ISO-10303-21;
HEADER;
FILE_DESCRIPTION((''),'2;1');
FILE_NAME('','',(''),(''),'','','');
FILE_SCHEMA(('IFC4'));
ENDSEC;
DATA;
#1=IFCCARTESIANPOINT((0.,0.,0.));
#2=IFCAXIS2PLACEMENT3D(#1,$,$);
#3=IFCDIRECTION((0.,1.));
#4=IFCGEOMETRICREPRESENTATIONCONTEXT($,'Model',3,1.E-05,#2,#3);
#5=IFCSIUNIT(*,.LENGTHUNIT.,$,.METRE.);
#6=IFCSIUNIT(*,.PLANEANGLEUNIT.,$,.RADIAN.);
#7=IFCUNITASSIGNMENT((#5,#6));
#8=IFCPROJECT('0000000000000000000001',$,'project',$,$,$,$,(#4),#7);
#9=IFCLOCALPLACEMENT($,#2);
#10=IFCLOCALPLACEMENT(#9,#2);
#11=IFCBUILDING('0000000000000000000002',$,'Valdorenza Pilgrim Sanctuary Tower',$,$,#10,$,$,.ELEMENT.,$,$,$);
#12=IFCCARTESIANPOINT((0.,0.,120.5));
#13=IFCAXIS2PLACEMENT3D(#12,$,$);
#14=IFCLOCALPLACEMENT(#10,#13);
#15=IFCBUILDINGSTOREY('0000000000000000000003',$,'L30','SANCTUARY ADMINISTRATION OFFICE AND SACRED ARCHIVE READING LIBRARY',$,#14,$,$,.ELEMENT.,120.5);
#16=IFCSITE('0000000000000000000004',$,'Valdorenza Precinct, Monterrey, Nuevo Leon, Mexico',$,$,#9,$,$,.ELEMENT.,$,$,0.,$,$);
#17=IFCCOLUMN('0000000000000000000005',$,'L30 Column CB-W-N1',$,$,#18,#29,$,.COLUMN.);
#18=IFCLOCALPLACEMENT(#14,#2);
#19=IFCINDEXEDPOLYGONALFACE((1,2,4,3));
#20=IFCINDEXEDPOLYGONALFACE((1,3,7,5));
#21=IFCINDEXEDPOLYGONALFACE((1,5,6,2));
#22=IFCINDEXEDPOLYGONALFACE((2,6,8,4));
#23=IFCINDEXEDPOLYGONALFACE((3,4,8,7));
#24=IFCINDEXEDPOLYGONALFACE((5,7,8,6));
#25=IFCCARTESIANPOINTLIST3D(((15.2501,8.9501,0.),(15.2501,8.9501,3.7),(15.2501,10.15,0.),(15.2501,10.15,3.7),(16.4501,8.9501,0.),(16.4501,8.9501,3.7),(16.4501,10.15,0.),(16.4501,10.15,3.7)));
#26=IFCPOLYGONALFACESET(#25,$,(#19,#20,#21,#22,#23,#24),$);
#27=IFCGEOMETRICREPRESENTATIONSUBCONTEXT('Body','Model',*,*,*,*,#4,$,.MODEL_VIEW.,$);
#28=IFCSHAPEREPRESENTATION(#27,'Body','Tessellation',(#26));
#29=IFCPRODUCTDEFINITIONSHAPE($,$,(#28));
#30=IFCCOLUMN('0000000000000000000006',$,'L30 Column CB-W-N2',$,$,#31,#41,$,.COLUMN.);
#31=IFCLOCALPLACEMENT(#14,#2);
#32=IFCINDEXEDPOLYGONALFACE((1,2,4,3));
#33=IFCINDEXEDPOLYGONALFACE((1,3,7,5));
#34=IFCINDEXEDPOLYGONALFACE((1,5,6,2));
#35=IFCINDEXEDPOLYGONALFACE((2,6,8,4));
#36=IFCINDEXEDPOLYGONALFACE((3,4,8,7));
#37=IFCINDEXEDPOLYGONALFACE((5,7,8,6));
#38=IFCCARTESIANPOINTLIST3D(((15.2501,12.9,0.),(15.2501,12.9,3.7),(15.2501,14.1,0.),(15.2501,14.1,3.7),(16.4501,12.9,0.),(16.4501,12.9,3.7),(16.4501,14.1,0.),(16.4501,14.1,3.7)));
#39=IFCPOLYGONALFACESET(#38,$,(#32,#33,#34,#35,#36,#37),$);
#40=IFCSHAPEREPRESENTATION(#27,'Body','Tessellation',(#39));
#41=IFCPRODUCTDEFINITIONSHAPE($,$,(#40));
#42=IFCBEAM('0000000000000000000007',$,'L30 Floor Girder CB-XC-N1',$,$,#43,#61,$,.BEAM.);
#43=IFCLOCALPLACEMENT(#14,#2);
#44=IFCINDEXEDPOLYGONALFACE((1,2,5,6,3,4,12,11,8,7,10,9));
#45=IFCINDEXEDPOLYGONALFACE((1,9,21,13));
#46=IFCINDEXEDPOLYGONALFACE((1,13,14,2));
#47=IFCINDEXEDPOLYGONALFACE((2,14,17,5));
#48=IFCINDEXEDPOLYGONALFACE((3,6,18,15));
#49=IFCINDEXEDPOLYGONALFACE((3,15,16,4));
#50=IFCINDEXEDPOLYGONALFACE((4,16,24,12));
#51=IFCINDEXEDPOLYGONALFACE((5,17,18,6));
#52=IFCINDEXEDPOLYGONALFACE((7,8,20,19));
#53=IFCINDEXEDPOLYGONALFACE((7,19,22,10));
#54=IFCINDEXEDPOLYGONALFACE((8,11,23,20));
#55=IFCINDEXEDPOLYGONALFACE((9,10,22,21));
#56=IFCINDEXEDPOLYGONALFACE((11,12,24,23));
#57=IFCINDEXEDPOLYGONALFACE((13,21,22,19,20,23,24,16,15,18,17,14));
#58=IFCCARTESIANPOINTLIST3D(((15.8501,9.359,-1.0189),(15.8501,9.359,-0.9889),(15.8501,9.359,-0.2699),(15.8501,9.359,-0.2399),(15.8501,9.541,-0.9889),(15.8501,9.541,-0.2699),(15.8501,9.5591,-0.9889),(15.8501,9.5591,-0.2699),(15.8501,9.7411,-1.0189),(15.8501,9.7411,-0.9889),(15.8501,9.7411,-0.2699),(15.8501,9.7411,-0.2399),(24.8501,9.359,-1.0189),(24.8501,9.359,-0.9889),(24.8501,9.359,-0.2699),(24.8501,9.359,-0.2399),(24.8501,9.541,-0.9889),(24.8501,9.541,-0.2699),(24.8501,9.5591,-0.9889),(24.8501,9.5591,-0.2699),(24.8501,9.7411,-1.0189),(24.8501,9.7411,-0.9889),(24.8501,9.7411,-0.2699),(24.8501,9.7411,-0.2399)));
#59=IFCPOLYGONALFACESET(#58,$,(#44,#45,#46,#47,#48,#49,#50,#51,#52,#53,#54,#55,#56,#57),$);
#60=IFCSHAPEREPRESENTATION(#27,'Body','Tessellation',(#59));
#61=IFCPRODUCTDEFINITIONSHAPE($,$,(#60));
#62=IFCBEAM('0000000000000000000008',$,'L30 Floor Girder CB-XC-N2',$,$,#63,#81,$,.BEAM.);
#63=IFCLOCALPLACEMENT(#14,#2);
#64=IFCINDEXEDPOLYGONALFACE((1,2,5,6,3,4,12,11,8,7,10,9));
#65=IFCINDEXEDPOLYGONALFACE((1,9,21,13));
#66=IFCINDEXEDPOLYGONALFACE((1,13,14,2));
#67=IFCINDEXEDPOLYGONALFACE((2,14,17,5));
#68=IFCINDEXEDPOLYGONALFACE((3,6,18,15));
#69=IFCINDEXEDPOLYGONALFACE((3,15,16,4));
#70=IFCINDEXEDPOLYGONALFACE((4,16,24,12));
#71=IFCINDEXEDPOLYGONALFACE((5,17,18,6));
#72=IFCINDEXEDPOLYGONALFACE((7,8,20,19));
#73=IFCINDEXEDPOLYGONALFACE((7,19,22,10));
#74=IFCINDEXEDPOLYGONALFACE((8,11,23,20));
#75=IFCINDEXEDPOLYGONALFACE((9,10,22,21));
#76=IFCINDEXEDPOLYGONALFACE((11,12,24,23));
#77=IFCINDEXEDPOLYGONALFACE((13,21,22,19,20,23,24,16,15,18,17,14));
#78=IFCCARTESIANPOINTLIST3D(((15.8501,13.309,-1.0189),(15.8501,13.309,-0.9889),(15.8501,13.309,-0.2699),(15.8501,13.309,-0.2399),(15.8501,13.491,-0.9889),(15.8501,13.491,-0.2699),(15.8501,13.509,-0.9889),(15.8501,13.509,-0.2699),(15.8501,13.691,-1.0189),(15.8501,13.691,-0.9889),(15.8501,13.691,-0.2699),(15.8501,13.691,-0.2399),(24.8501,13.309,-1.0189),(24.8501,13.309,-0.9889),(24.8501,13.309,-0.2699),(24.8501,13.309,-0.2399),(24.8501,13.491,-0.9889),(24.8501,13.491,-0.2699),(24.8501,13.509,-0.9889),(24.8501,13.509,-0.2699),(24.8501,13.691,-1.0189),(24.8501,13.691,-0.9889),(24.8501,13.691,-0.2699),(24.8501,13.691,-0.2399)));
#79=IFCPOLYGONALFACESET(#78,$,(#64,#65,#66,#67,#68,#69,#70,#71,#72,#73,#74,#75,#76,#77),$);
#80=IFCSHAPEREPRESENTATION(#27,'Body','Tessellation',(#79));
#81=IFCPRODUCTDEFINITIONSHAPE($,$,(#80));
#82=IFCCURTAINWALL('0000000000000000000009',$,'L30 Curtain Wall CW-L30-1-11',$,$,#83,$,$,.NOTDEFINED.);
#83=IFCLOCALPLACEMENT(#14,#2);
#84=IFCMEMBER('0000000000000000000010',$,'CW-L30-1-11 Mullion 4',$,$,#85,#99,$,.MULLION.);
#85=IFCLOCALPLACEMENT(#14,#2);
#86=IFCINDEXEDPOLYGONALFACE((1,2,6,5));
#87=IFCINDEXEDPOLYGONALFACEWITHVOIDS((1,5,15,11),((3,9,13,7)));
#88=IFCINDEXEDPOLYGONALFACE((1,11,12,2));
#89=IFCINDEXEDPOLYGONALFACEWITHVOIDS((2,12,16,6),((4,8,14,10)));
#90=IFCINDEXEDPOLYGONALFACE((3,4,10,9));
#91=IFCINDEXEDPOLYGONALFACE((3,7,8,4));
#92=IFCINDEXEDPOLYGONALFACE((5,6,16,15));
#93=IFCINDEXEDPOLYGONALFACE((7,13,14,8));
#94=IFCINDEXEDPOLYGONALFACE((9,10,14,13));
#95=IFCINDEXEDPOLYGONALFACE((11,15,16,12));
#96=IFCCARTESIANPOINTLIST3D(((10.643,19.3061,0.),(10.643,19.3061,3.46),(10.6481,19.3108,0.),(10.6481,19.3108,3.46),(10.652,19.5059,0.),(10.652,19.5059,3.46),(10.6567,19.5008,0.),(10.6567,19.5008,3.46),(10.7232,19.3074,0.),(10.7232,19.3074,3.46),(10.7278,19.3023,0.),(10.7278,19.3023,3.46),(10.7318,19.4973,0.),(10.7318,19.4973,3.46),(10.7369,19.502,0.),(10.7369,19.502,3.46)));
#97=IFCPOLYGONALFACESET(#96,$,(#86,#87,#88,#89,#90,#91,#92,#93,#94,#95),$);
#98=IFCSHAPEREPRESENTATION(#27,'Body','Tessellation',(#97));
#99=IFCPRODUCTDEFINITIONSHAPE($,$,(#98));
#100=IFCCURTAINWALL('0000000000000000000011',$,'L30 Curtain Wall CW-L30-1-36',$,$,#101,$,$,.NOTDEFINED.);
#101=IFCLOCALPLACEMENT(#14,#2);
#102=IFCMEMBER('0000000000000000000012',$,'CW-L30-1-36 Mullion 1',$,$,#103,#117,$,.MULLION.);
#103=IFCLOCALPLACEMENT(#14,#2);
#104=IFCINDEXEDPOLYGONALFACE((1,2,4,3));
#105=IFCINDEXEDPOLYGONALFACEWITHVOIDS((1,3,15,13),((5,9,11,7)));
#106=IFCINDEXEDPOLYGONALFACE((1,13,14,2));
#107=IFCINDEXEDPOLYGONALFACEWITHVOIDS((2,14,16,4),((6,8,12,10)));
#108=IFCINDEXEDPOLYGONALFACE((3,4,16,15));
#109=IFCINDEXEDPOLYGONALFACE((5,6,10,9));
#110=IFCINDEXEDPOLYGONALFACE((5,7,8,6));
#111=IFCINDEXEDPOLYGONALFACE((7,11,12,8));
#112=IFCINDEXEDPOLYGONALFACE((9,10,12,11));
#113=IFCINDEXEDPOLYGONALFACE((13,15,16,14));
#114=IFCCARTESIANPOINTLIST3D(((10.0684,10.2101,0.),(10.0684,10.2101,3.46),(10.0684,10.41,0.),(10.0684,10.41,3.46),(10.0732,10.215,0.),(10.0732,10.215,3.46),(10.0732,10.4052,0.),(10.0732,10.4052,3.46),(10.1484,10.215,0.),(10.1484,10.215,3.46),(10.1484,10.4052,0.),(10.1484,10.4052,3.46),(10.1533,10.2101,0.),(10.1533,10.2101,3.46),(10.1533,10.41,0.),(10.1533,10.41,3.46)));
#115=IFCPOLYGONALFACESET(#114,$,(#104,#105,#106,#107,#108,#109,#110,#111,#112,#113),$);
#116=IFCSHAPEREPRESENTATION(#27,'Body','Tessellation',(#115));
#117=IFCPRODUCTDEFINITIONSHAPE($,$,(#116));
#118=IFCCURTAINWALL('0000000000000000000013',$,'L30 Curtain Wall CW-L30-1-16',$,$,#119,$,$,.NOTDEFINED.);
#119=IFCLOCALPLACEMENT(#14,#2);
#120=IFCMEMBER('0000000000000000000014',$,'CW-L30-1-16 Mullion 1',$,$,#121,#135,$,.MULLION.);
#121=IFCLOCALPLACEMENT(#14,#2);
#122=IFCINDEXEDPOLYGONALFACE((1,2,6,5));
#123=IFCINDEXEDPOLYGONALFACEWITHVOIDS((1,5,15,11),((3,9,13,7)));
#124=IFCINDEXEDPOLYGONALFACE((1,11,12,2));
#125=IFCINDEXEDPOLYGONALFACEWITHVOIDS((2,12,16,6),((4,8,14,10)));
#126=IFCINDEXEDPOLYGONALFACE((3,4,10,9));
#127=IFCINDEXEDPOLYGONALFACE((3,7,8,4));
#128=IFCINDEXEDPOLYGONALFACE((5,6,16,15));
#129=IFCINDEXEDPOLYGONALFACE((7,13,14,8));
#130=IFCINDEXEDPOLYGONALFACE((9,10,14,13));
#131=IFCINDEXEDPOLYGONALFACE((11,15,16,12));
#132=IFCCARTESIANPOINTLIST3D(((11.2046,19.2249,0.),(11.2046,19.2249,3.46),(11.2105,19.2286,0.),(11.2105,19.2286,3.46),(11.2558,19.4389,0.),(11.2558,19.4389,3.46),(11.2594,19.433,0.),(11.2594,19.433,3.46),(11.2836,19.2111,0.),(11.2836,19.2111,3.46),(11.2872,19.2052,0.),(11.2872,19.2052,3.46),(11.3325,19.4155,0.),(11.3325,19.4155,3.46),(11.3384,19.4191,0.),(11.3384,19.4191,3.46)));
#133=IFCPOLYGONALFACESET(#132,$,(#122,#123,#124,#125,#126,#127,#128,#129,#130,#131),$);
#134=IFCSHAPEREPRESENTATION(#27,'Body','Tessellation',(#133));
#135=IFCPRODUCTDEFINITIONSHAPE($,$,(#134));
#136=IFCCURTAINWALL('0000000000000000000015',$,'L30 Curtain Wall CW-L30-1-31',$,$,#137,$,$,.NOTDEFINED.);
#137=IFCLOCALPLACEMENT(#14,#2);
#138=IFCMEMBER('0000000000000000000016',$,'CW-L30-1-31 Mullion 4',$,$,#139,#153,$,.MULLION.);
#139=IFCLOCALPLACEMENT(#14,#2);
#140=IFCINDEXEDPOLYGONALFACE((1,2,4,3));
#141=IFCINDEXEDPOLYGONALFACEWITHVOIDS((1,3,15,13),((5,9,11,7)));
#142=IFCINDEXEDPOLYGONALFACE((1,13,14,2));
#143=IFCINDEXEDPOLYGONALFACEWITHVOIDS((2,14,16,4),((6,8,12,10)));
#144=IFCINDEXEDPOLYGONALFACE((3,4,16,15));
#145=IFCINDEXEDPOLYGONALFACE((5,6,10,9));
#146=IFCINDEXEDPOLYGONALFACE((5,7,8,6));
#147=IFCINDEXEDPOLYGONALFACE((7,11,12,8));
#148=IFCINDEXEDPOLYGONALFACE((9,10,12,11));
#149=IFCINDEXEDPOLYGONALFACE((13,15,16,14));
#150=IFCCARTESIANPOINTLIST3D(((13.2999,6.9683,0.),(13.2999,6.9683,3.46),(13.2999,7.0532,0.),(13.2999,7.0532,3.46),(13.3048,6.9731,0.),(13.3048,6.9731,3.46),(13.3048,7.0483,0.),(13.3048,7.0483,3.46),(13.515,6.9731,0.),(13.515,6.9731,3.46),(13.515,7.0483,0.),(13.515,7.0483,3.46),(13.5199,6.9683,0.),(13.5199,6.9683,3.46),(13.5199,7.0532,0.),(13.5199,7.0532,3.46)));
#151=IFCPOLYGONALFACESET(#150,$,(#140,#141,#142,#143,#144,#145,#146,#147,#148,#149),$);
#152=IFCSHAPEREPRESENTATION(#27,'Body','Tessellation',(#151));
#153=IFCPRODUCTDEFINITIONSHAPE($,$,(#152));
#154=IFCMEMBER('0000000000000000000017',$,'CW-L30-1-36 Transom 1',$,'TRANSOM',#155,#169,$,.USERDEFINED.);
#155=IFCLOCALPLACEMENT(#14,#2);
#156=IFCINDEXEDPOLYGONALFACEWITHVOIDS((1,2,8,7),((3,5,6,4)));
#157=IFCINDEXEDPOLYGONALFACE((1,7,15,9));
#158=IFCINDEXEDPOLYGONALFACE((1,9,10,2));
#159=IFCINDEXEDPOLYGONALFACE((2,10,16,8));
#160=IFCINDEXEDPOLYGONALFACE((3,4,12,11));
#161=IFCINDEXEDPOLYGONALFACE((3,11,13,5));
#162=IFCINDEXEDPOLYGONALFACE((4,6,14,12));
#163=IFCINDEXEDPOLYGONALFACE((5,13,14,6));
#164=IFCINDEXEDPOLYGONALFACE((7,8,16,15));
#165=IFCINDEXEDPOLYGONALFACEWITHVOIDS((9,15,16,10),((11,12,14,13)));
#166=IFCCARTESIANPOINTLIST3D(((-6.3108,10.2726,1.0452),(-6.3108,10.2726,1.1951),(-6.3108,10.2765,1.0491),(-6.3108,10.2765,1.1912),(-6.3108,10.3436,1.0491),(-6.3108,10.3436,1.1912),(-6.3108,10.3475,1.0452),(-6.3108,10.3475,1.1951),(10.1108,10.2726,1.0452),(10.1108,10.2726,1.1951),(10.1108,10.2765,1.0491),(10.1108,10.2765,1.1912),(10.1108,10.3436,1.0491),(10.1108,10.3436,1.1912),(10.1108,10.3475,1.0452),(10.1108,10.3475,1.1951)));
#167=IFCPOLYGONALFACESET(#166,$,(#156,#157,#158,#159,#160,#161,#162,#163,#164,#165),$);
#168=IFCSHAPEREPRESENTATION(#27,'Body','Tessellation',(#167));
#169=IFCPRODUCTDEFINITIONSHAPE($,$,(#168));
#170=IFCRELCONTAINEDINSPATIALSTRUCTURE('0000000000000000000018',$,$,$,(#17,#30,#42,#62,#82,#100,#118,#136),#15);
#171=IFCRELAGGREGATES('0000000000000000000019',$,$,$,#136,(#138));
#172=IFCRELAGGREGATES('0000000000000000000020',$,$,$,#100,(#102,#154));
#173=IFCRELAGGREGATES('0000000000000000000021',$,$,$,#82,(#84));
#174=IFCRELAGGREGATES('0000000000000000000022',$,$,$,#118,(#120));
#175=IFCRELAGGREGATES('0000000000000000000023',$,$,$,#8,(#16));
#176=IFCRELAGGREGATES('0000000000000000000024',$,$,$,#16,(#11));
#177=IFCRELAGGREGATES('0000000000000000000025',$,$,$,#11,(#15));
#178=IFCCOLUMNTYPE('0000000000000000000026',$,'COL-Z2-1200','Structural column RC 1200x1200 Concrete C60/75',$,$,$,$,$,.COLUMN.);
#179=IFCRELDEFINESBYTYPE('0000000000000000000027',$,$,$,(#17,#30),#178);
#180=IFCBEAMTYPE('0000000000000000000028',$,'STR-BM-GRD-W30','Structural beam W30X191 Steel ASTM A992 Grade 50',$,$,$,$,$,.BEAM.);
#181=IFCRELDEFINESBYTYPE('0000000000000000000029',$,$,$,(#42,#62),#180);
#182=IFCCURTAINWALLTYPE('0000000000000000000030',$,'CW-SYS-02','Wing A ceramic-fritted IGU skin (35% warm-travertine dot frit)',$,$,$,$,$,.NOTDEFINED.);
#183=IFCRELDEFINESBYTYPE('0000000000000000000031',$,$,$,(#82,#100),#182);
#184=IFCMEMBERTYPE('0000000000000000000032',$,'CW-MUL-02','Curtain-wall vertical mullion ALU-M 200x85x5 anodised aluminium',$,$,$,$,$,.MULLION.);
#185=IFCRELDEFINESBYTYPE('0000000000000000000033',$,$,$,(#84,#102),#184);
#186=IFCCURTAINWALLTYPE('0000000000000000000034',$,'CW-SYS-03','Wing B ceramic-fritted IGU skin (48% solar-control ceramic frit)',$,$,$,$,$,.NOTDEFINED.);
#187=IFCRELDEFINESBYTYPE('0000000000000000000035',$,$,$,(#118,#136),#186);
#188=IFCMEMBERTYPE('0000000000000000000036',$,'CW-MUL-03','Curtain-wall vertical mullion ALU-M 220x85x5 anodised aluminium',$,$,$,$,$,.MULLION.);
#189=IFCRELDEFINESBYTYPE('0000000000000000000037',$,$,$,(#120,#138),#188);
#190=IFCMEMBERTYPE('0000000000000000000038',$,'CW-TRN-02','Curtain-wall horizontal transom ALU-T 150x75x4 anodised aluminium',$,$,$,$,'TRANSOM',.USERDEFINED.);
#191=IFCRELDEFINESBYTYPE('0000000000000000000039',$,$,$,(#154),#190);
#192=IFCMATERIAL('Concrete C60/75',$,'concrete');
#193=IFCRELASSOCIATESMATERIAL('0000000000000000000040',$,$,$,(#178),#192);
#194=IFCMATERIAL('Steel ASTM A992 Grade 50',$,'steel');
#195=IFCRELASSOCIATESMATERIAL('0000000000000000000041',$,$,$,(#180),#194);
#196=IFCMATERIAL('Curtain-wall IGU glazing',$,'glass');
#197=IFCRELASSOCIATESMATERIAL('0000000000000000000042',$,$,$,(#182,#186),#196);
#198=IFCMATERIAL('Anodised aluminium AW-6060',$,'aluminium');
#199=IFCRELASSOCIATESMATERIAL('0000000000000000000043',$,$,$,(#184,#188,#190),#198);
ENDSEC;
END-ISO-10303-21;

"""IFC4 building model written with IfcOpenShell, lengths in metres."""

from ifc_helpers import new_model, si_unit, direction, frame, origin, origin_2d, place, context, subcontext, project, spatial, rectangle, hollow_rectangle, i_section, extrude, source, transform, mapped, material, material_profile, profile_set, type_object, element, aggregate, save


model = new_model("IFC4")

# Units and contexts
model_context = context("Model", 3, precision=1e-05, world=origin(), true_north=direction((0.0, 1.0)))
body_context = subcontext(model_context, "Body", "Model", "MODEL_VIEW")
ifc_project = project(units=[si_unit("LENGTHUNIT", "METRE"), si_unit("PLANEANGLEUNIT", "RADIAN")], contexts=[model_context])

# Site, building, storey
site_placement = place(None, origin())
site = spatial("IfcSite", under=ifc_project, at=site_placement, Name="Valdorenza Precinct, Monterrey, Nuevo Leon, Mexico", CompositionType="ELEMENT", RefElevation=0.0)
building_placement = place(site_placement, origin())
building = spatial("IfcBuilding", under=site, at=building_placement, Name="Valdorenza Pilgrim Sanctuary Tower", CompositionType="ELEMENT")
storey_placement = place(building_placement, frame((0.0, 0.0, 120.5)))
storey = spatial("IfcBuildingStorey", under=building, at=storey_placement, Name="L30", Description="SANCTUARY ADMINISTRATION OFFICE AND SACRED ARCHIVE READING LIBRARY", CompositionType="ELEMENT", Elevation=120.5)

# Columns
ifc_material_1 = material(Name="Concrete C60/75", Category="concrete")
ifc_material_profile_1 = material_profile(ifc_material_1, rectangle(XDim=1.2, YDim=1.2, at=origin_2d()), Name="RC 1200x1200")
ifc_profile_set_1 = profile_set([ifc_material_profile_1], Name="Concrete C60/75")
column_type = type_object("IfcColumnType", Name="COL-Z2-1200", Description="Structural column RC 1200x1200 Concrete C60/75", PredefinedType="COLUMN", material=ifc_profile_set_1)
shared_shape_1 = source(origin(), body_context, "Body", "SweptSolid", [
    extrude(rectangle(XDim=1.2, YDim=1.2, at=origin_2d()), origin(), (0.0, 0.0, 1.0), 3.7),
])
for number, where, z_axis, x_axis, name in (
    (1, (15.8501, 9.55, 0.0), (0.0, 0.0, 1.0), (1.0, 0.0, 0.0), "L30 Column CB-W-N1"),
    (2, (15.8501, 13.5, 0.0), (0.0, 0.0, 1.0), (1.0, 0.0, 0.0), "L30 Column CB-W-N2"),
):
    element("IfcColumn", number, at=place(storey_placement, frame(where, z_axis=z_axis, x_axis=x_axis)), inside=storey, type_object=column_type, Name=name, PredefinedType="COLUMN", context=body_context, shape_type="MappedRepresentation", body=[
        mapped(shared_shape_1, transform((0.0, 0.0, 0.0), x_axis=(1.0, 0.0, 0.0), y_axis=(0.0, 1.0, 0.0), z_axis=(0.0, 0.0, 1.0), scale=1.0)),
    ])

# Beams
ifc_material_2 = material(Name="Steel ASTM A992 Grade 50", Category="steel")
ifc_material_profile_2 = material_profile(ifc_material_2, i_section(OverallWidth=0.3821, OverallDepth=0.7791, WebThickness=0.0181, FlangeThickness=0.03, at=origin_2d()), Name="W30X191")
ifc_profile_set_2 = profile_set([ifc_material_profile_2], Name="Steel ASTM A992 Grade 50")
beam_type = type_object("IfcBeamType", Name="STR-BM-GRD-W30", Description="Structural beam W30X191 Steel ASTM A992 Grade 50", PredefinedType="BEAM", material=ifc_profile_set_2)
shared_shape_2 = source(origin(), body_context, "Body", "SweptSolid", [
    extrude(i_section(OverallWidth=0.3821, OverallDepth=0.7791, WebThickness=0.0181, FlangeThickness=0.03, at=origin_2d()), origin(), (0.0, 0.0, 1.0), 9.0),
])
for number, where, z_axis, x_axis, name in (
    (3, (15.8501, 9.55, -0.6294), (1.0, 0.0, 0.0), (0.0, 1.0, 0.0), "L30 Floor Girder CB-XC-N1"),
    (4, (15.8501, 13.5, -0.6294), (1.0, 0.0, 0.0), (0.0, 1.0, 0.0), "L30 Floor Girder CB-XC-N2"),
):
    element("IfcBeam", number, at=place(storey_placement, frame(where, z_axis=z_axis, x_axis=x_axis)), inside=storey, type_object=beam_type, Name=name, PredefinedType="BEAM", context=body_context, shape_type="MappedRepresentation", body=[
        mapped(shared_shape_2, transform((0.0, 0.0, 0.0), x_axis=(1.0, 0.0, 0.0), y_axis=(0.0, 1.0, 0.0), z_axis=(0.0, 0.0, 1.0), scale=1.0)),
    ])

# Curtain walls, members
ifc_material_3 = material(Name="Curtain-wall IGU glazing", Category="glass")
curtain_wall_type_1 = type_object("IfcCurtainWallType", Name="CW-SYS-02", Description="Wing A ceramic-fritted IGU skin (35% warm-travertine dot frit)", PredefinedType="NOTDEFINED", material=ifc_material_3)
curtain_wall_1_placement = place(storey_placement, origin())
curtain_wall_1 = element("IfcCurtainWall", 5, at=curtain_wall_1_placement, inside=storey, type_object=curtain_wall_type_1, Name="L30 Curtain Wall CW-L30-1-11", PredefinedType="NOTDEFINED")
ifc_material_4 = material(Name="Anodised aluminium AW-6060", Category="aluminium")
ifc_material_profile_3 = material_profile(ifc_material_4, hollow_rectangle(XDim=0.085, YDim=0.2, WallThickness=0.0049, at=origin_2d()), Name="ALU-M 200x85x5")
ifc_profile_set_3 = profile_set([ifc_material_profile_3], Name="Anodised aluminium AW-6060")
member_type_1 = type_object("IfcMemberType", Name="CW-MUL-02", Description="Curtain-wall vertical mullion ALU-M 200x85x5 anodised aluminium", PredefinedType="MULLION", material=ifc_profile_set_3)
shared_shape_3 = source(origin(), body_context, "Body", "SweptSolid", [
    extrude(hollow_rectangle(XDim=0.085, YDim=0.2, WallThickness=0.0049, at=origin_2d()), origin(), (0.0, 0.0, 1.0), 3.46),
])
member_1_placement = place(storey_placement, frame((10.6899, 19.4041, 0.0), z_axis=(0.0, 0.0, 1.0), x_axis=(0.998968, -0.045415, 0.0)))
member_1 = element("IfcMember", 6, at=member_1_placement, type_object=member_type_1, Name="CW-L30-1-11 Mullion 4", PredefinedType="MULLION", context=body_context, shape_type="MappedRepresentation", body=[
    mapped(shared_shape_3, transform((0.0, 0.0, 0.0), x_axis=(1.0, 0.0, 0.0), y_axis=(0.0, 1.0, 0.0), z_axis=(0.0, 0.0, 1.0), scale=1.0)),
])
curtain_wall_2_placement = place(storey_placement, origin())
curtain_wall_2 = element("IfcCurtainWall", 7, at=curtain_wall_2_placement, inside=storey, type_object=curtain_wall_type_1, Name="L30 Curtain Wall CW-L30-1-36", PredefinedType="NOTDEFINED")
member_2_placement = place(storey_placement, frame((10.1108, 10.3101, 0.0), z_axis=(0.0, 0.0, 1.0), x_axis=(-1.0, 0.0, 0.0)))
member_2 = element("IfcMember", 8, at=member_2_placement, type_object=member_type_1, Name="CW-L30-1-36 Mullion 1", PredefinedType="MULLION", context=body_context, shape_type="MappedRepresentation", body=[
    mapped(shared_shape_3, transform((0.0, 0.0, 0.0), x_axis=(1.0, 0.0, 0.0), y_axis=(0.0, 1.0, 0.0), z_axis=(0.0, 0.0, 1.0), scale=1.0)),
])
curtain_wall_type_2 = type_object("IfcCurtainWallType", Name="CW-SYS-03", Description="Wing B ceramic-fritted IGU skin (48% solar-control ceramic frit)", PredefinedType="NOTDEFINED", material=ifc_material_3)
curtain_wall_3_placement = place(storey_placement, origin())
curtain_wall_3 = element("IfcCurtainWall", 9, at=curtain_wall_3_placement, inside=storey, type_object=curtain_wall_type_2, Name="L30 Curtain Wall CW-L30-1-16", PredefinedType="NOTDEFINED")
ifc_material_profile_4 = material_profile(ifc_material_4, hollow_rectangle(XDim=0.085, YDim=0.22, WallThickness=0.0049, at=origin_2d()), Name="ALU-M 220x85x5")
ifc_profile_set_4 = profile_set([ifc_material_profile_4], Name="Anodised aluminium AW-6060")
member_type_2 = type_object("IfcMemberType", Name="CW-MUL-03", Description="Curtain-wall vertical mullion ALU-M 220x85x5 anodised aluminium", PredefinedType="MULLION", material=ifc_profile_set_4)
shared_shape_4 = source(origin(), body_context, "Body", "SweptSolid", [
    extrude(hollow_rectangle(XDim=0.085, YDim=0.22, WallThickness=0.0049, at=origin_2d()), origin(), (0.0, 0.0, 1.0), 3.46),
])
member_3_placement = place(storey_placement, frame((11.2715, 19.322, 0.0), z_axis=(0.0, 0.0, 1.0), x_axis=(0.972529, -0.232783, 0.0)))
member_3 = element("IfcMember", 10, at=member_3_placement, type_object=member_type_2, Name="CW-L30-1-16 Mullion 1", PredefinedType="MULLION", context=body_context, shape_type="MappedRepresentation", body=[
    mapped(shared_shape_4, transform((0.0, 0.0, 0.0), x_axis=(1.0, 0.0, 0.0), y_axis=(0.0, 1.0, 0.0), z_axis=(0.0, 0.0, 1.0), scale=1.0)),
])
curtain_wall_4_placement = place(storey_placement, origin())
curtain_wall_4 = element("IfcCurtainWall", 11, at=curtain_wall_4_placement, inside=storey, type_object=curtain_wall_type_2, Name="L30 Curtain Wall CW-L30-1-31", PredefinedType="NOTDEFINED")
member_4_placement = place(storey_placement, frame((13.4099, 7.0107, 0.0), z_axis=(0.0, 0.0, 1.0), x_axis=(0.0, 1.0, 0.0)))
member_4 = element("IfcMember", 12, at=member_4_placement, type_object=member_type_2, Name="CW-L30-1-31 Mullion 4", PredefinedType="MULLION", context=body_context, shape_type="MappedRepresentation", body=[
    mapped(shared_shape_4, transform((0.0, 0.0, 0.0), x_axis=(1.0, 0.0, 0.0), y_axis=(0.0, 1.0, 0.0), z_axis=(0.0, 0.0, 1.0), scale=1.0)),
])
aggregate(curtain_wall_4, [member_4])

# Member
ifc_material_profile_5 = material_profile(ifc_material_4, hollow_rectangle(XDim=0.075, YDim=0.1499, WallThickness=0.0039, at=origin_2d()), Name="ALU-T 150x75x4")
ifc_profile_set_5 = profile_set([ifc_material_profile_5], Name="Anodised aluminium AW-6060")
member_type_3 = type_object("IfcMemberType", Name="CW-TRN-02", Description="Curtain-wall horizontal transom ALU-T 150x75x4 anodised aluminium", ElementType="TRANSOM", PredefinedType="USERDEFINED", material=ifc_profile_set_5)
shared_shape_5 = source(origin(), body_context, "Body", "SweptSolid", [
    extrude(hollow_rectangle(XDim=0.075, YDim=0.1499, WallThickness=0.0039, at=origin_2d()), origin(), (0.0, 0.0, 1.0), 16.4216),
])
member_5_placement = place(storey_placement, frame((10.1108, 10.3101, 1.1201), z_axis=(-1.0, 0.0, 0.0), x_axis=(0.0, -1.0, 0.0)))
member_5 = element("IfcMember", 13, at=member_5_placement, type_object=member_type_3, Name="CW-L30-1-36 Transom 1", ObjectType="TRANSOM", PredefinedType="USERDEFINED", context=body_context, shape_type="MappedRepresentation", body=[
    mapped(shared_shape_5, transform((0.0, 0.0, 0.0), x_axis=(1.0, 0.0, 0.0), y_axis=(0.0, 1.0, 0.0), z_axis=(0.0, 0.0, 1.0), scale=1.0)),
])

aggregate(curtain_wall_2, [member_2, member_5])
aggregate(curtain_wall_1, [member_1])
aggregate(curtain_wall_3, [member_3])

save(model, "model.ifc")
